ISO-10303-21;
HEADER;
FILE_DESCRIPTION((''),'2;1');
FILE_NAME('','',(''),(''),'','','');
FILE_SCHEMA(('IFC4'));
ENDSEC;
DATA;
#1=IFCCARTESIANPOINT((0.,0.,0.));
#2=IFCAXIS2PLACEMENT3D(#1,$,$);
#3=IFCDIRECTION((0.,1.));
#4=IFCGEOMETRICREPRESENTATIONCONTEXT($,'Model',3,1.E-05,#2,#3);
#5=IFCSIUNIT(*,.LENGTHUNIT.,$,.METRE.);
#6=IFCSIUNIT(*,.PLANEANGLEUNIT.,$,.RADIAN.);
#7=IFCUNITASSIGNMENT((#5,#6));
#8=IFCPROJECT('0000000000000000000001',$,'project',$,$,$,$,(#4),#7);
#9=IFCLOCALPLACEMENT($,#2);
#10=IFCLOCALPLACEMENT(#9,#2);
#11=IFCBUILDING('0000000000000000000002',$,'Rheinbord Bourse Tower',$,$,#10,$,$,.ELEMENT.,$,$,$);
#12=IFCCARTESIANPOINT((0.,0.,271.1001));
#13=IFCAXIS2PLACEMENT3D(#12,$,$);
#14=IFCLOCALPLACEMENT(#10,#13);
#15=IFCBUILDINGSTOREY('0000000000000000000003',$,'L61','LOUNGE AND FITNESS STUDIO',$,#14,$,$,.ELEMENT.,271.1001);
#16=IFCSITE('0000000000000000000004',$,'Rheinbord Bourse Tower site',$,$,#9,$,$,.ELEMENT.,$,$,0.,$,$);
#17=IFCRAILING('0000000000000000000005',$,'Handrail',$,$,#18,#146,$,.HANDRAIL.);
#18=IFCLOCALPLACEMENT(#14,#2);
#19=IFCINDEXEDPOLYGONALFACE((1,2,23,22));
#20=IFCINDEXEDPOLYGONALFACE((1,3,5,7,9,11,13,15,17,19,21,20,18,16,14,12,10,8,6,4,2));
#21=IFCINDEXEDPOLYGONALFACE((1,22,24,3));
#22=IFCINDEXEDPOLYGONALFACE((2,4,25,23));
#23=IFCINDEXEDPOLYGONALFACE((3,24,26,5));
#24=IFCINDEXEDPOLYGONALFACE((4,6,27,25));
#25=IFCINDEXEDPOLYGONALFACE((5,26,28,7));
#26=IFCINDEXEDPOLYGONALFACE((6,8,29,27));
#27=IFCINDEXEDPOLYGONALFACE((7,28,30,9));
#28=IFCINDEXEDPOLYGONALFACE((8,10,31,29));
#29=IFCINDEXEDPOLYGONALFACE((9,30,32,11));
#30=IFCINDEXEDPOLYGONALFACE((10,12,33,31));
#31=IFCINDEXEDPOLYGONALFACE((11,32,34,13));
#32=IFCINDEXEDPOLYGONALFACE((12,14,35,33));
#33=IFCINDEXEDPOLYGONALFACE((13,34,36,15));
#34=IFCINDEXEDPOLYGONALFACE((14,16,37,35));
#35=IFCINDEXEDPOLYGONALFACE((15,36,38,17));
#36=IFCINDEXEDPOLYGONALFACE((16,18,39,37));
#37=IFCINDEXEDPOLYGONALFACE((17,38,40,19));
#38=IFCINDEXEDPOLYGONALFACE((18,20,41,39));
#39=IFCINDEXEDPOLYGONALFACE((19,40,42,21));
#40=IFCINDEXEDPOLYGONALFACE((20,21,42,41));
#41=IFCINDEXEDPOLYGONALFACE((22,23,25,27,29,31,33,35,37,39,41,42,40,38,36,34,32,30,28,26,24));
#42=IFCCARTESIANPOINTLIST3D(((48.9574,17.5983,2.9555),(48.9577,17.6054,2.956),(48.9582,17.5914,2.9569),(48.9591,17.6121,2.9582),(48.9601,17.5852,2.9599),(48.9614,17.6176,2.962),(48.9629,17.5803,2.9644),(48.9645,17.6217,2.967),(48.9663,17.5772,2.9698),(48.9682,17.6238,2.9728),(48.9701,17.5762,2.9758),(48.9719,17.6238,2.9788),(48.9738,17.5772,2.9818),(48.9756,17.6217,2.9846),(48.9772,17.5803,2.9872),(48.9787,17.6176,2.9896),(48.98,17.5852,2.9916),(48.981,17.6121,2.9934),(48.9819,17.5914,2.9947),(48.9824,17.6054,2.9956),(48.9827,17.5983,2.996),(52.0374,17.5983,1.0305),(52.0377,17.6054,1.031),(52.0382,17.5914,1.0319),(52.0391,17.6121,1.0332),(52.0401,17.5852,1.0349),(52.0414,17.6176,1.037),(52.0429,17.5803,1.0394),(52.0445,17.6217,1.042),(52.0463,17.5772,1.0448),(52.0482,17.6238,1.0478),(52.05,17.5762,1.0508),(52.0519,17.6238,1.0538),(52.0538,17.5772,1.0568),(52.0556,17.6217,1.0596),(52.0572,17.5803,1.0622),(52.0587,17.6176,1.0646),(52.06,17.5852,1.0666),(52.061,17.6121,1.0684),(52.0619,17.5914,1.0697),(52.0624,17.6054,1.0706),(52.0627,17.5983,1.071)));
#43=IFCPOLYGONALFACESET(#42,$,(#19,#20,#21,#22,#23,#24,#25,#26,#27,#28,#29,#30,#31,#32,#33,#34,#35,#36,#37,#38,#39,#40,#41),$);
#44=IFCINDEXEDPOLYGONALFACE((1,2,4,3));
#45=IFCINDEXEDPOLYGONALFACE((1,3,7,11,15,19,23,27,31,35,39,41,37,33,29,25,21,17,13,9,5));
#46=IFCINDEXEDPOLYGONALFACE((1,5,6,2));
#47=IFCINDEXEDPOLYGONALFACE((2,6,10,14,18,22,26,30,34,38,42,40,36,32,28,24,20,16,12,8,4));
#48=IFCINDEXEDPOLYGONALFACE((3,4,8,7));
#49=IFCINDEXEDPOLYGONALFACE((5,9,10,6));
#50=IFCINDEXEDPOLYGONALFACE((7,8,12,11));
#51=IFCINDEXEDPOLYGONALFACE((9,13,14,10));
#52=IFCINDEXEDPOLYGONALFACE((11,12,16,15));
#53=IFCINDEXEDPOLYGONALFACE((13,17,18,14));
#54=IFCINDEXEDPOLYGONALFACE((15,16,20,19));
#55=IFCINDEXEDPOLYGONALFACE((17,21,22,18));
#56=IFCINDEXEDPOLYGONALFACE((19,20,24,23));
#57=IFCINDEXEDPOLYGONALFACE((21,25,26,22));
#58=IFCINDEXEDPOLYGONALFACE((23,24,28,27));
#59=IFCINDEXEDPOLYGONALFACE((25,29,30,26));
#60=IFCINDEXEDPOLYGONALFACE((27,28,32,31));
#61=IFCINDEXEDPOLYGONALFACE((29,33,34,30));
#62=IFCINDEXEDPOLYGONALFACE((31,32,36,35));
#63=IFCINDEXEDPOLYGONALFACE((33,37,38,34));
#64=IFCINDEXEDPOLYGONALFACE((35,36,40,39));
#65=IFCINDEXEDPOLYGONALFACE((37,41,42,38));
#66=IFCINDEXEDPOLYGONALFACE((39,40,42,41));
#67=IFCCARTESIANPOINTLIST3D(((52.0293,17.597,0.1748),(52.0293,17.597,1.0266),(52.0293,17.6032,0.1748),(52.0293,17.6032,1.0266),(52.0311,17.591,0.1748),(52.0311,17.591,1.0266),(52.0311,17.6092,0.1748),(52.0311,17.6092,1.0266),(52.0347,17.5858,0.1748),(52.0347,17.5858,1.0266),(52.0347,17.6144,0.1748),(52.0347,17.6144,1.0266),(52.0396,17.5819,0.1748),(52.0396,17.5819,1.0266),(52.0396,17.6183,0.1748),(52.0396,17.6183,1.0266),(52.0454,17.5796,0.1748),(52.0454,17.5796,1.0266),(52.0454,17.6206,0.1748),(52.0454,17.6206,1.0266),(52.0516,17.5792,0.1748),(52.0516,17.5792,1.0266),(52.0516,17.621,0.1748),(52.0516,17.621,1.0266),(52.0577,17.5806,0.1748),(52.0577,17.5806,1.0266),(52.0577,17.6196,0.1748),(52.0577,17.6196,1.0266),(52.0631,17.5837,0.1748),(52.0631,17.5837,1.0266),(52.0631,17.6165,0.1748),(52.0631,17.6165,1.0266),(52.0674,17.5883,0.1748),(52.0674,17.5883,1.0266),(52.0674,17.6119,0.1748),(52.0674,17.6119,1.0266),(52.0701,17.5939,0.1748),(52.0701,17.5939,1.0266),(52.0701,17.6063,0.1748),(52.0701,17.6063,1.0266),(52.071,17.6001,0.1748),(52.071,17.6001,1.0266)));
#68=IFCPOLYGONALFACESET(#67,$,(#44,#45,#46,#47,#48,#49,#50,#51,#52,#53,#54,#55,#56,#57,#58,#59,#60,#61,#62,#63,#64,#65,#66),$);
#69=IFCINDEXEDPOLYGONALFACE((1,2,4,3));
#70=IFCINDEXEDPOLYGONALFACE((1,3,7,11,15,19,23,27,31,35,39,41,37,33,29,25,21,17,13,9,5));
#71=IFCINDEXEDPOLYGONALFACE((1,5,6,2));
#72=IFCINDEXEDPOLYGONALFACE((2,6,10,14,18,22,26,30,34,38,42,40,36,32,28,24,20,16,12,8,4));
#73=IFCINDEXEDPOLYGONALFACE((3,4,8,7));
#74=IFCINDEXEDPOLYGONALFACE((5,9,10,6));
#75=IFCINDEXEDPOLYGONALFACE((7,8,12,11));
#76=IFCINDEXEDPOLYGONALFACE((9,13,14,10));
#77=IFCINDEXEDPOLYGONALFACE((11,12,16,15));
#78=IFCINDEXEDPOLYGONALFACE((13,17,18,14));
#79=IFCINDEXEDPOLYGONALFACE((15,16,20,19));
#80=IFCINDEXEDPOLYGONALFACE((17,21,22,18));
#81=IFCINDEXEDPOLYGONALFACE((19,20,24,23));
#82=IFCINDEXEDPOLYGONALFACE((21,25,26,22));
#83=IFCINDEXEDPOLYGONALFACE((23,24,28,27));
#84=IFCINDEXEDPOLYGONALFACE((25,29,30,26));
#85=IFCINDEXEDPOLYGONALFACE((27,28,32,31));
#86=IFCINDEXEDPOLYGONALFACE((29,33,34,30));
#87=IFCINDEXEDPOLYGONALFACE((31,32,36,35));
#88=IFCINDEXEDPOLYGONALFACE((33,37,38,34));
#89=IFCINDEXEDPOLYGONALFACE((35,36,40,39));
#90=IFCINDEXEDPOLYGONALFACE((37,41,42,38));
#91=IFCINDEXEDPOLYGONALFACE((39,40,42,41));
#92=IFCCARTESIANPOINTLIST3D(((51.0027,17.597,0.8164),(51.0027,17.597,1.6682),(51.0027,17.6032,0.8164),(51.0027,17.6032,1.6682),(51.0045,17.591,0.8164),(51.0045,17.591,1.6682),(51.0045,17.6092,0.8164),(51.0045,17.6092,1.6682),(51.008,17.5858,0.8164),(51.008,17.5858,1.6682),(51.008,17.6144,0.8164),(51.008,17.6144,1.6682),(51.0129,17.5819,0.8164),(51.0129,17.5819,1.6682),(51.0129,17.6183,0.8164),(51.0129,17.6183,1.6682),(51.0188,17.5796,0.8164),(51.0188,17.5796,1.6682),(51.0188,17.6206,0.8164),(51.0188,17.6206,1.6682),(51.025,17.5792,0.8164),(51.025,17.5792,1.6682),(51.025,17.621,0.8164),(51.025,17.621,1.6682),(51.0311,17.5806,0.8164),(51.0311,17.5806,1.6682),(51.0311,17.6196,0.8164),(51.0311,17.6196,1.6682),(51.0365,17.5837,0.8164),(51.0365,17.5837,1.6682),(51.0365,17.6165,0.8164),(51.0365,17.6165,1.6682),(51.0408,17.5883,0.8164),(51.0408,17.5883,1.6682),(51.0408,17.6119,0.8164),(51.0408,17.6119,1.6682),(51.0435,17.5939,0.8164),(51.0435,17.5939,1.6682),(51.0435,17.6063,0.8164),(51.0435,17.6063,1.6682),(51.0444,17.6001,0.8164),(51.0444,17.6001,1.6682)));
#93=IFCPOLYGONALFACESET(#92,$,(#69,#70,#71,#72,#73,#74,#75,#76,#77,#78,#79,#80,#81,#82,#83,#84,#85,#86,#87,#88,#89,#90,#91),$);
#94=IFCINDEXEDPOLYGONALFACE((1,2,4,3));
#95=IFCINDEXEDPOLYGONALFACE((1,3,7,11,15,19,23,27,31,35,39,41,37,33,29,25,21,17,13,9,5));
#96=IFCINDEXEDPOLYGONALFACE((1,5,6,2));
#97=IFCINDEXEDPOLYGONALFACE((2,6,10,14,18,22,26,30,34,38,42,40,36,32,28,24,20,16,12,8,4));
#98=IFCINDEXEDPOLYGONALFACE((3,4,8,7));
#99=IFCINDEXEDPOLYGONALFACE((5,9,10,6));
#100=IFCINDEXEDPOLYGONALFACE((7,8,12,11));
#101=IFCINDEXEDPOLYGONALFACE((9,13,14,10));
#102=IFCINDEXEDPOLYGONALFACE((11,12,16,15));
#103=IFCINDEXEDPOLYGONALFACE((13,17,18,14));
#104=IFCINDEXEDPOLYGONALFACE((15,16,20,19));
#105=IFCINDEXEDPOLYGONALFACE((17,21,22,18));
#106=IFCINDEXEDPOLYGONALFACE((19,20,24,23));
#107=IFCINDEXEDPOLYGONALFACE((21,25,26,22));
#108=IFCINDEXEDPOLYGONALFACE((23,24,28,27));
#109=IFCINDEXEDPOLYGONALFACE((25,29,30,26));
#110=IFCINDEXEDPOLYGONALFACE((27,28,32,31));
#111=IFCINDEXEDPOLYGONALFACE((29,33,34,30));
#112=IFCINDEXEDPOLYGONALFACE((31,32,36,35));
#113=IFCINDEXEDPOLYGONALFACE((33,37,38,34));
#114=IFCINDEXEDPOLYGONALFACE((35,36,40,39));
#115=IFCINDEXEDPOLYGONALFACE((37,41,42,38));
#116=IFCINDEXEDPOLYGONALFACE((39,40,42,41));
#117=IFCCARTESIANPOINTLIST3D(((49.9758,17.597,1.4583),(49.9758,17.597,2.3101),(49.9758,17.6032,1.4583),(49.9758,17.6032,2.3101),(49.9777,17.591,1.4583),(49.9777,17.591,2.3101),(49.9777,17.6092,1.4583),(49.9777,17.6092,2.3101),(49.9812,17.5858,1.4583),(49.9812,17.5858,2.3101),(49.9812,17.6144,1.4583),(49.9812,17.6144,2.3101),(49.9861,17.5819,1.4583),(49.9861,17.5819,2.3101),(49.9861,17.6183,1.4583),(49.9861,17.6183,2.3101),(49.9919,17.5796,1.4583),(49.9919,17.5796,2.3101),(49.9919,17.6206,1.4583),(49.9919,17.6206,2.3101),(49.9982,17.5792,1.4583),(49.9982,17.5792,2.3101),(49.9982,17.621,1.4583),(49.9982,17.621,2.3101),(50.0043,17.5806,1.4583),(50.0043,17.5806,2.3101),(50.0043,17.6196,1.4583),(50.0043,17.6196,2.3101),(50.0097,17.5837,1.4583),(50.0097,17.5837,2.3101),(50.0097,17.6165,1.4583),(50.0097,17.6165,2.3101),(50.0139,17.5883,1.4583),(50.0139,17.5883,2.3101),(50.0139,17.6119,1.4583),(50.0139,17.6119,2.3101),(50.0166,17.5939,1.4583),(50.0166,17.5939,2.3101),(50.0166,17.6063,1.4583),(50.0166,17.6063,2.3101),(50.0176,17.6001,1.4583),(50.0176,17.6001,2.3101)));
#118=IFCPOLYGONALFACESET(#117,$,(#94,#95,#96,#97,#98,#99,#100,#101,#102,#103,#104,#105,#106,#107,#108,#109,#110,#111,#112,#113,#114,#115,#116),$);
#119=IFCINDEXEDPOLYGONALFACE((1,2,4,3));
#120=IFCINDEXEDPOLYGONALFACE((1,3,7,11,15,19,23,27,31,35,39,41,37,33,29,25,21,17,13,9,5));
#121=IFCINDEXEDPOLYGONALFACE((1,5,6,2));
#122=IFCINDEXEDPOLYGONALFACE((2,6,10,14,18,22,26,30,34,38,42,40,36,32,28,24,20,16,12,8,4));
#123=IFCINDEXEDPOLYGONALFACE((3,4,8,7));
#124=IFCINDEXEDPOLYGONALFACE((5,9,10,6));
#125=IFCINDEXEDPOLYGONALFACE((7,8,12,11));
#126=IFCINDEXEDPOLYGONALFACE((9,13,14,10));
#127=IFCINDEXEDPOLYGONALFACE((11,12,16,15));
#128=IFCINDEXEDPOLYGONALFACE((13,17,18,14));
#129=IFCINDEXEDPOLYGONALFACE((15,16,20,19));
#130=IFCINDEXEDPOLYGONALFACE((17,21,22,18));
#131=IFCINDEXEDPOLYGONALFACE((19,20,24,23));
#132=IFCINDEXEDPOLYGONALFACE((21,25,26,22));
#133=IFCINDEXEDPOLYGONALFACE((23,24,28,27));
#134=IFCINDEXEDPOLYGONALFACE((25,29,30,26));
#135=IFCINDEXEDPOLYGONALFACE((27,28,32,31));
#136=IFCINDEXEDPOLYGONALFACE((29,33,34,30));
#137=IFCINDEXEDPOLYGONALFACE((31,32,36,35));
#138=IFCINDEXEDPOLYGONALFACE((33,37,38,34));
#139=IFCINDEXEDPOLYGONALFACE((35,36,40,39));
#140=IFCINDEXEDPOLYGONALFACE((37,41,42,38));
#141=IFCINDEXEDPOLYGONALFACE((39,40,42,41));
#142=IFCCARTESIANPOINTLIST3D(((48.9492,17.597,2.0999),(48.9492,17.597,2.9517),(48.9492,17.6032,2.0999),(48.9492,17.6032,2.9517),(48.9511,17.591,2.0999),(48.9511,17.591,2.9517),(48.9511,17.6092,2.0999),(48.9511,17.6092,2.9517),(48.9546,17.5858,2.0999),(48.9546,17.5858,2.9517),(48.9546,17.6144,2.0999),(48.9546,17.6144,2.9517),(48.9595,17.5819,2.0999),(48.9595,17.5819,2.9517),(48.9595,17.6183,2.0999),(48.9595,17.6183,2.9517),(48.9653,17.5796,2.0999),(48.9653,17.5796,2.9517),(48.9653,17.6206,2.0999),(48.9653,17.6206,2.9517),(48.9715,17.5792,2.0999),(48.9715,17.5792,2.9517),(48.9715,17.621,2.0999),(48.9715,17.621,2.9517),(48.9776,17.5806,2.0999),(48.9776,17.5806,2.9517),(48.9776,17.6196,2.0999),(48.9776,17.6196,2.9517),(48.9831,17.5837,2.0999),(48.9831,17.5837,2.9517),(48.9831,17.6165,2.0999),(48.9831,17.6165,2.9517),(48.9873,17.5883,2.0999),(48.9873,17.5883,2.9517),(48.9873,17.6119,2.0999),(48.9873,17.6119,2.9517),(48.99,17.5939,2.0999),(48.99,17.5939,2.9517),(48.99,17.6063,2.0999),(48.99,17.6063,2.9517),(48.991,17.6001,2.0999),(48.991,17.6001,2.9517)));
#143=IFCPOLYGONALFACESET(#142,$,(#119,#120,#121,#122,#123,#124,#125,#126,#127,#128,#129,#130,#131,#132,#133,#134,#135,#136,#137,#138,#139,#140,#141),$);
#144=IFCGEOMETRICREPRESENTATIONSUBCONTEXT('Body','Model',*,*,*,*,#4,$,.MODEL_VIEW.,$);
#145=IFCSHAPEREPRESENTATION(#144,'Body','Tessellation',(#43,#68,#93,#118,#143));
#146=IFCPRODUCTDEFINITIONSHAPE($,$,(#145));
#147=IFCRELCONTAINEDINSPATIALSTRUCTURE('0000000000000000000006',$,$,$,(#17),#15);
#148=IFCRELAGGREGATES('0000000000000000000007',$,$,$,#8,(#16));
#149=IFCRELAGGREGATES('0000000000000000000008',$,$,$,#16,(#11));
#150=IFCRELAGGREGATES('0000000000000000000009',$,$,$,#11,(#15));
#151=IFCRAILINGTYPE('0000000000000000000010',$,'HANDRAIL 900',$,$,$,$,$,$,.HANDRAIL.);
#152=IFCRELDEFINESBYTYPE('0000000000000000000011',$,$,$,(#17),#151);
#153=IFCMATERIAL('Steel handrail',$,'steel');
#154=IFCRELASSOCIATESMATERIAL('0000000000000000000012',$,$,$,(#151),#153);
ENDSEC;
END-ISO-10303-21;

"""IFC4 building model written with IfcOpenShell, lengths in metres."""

from ifc_helpers import new_model, si_unit, direction, frame, origin, origin_2d, place, context, subcontext, project, spatial, circle, extrude, material, type_object, element, save


model = new_model("IFC4")

# Units and contexts
model_context = context("Model", 3, precision=1e-05, world=origin(), true_north=direction((0.0, 1.0)))
body_context = subcontext(model_context, "Body", "Model", "MODEL_VIEW")
ifc_project = project(units=[si_unit("LENGTHUNIT", "METRE"), si_unit("PLANEANGLEUNIT", "RADIAN")], contexts=[model_context])

# Site, building, storey
site_placement = place(None, origin())
site = spatial("IfcSite", under=ifc_project, at=site_placement, Name="Rheinbord Bourse Tower site", CompositionType="ELEMENT", RefElevation=0.0)
building_placement = place(site_placement, origin())
building = spatial("IfcBuilding", under=site, at=building_placement, Name="Rheinbord Bourse Tower", CompositionType="ELEMENT")
storey_placement = place(building_placement, frame((0.0, 0.0, 271.1001)))
storey = spatial("IfcBuildingStorey", under=building, at=storey_placement, Name="L61", Description="LOUNGE AND FITNESS STUDIO", CompositionType="ELEMENT", Elevation=271.1001)

# Railing
ifc_material_1 = material(Name="Steel handrail", Category="steel")
railing_type = type_object("IfcRailingType", Name="HANDRAIL 900", PredefinedType="HANDRAIL", material=ifc_material_1)
railing_1_placement = place(storey_placement, frame((52.05, 17.6001, 0.1748)))
element("IfcRailing", 1, at=railing_1_placement, inside=storey, type_object=railing_type, Name="Handrail", PredefinedType="HANDRAIL", context=body_context, shape_type="SweptSolid", body=[
    extrude(circle(Radius=0.0239, at=origin_2d()), frame((0.0, 0.0, 0.876), z_axis=(-0.847998, 0.0, 0.529999), x_axis=(0.0, -1.0, 0.0)), (0.0, 0.0, 1.0), 3.6321),
    extrude(circle(Radius=0.021, at=origin_2d()), origin(), (0.0, 0.0, 1.0), 0.8518),
    extrude(circle(Radius=0.021, at=origin_2d()), frame((-1.0266, 0.0, 0.6416)), (0.0, 0.0, 1.0), 0.8518),
    extrude(circle(Radius=0.021, at=origin_2d()), frame((-2.0535, 0.0, 1.2834)), (0.0, 0.0, 1.0), 0.8518),
    extrude(circle(Radius=0.021, at=origin_2d()), frame((-3.0801, 0.0, 1.925)), (0.0, 0.0, 1.0), 0.8518),
])

save(model, "model.ifc")
